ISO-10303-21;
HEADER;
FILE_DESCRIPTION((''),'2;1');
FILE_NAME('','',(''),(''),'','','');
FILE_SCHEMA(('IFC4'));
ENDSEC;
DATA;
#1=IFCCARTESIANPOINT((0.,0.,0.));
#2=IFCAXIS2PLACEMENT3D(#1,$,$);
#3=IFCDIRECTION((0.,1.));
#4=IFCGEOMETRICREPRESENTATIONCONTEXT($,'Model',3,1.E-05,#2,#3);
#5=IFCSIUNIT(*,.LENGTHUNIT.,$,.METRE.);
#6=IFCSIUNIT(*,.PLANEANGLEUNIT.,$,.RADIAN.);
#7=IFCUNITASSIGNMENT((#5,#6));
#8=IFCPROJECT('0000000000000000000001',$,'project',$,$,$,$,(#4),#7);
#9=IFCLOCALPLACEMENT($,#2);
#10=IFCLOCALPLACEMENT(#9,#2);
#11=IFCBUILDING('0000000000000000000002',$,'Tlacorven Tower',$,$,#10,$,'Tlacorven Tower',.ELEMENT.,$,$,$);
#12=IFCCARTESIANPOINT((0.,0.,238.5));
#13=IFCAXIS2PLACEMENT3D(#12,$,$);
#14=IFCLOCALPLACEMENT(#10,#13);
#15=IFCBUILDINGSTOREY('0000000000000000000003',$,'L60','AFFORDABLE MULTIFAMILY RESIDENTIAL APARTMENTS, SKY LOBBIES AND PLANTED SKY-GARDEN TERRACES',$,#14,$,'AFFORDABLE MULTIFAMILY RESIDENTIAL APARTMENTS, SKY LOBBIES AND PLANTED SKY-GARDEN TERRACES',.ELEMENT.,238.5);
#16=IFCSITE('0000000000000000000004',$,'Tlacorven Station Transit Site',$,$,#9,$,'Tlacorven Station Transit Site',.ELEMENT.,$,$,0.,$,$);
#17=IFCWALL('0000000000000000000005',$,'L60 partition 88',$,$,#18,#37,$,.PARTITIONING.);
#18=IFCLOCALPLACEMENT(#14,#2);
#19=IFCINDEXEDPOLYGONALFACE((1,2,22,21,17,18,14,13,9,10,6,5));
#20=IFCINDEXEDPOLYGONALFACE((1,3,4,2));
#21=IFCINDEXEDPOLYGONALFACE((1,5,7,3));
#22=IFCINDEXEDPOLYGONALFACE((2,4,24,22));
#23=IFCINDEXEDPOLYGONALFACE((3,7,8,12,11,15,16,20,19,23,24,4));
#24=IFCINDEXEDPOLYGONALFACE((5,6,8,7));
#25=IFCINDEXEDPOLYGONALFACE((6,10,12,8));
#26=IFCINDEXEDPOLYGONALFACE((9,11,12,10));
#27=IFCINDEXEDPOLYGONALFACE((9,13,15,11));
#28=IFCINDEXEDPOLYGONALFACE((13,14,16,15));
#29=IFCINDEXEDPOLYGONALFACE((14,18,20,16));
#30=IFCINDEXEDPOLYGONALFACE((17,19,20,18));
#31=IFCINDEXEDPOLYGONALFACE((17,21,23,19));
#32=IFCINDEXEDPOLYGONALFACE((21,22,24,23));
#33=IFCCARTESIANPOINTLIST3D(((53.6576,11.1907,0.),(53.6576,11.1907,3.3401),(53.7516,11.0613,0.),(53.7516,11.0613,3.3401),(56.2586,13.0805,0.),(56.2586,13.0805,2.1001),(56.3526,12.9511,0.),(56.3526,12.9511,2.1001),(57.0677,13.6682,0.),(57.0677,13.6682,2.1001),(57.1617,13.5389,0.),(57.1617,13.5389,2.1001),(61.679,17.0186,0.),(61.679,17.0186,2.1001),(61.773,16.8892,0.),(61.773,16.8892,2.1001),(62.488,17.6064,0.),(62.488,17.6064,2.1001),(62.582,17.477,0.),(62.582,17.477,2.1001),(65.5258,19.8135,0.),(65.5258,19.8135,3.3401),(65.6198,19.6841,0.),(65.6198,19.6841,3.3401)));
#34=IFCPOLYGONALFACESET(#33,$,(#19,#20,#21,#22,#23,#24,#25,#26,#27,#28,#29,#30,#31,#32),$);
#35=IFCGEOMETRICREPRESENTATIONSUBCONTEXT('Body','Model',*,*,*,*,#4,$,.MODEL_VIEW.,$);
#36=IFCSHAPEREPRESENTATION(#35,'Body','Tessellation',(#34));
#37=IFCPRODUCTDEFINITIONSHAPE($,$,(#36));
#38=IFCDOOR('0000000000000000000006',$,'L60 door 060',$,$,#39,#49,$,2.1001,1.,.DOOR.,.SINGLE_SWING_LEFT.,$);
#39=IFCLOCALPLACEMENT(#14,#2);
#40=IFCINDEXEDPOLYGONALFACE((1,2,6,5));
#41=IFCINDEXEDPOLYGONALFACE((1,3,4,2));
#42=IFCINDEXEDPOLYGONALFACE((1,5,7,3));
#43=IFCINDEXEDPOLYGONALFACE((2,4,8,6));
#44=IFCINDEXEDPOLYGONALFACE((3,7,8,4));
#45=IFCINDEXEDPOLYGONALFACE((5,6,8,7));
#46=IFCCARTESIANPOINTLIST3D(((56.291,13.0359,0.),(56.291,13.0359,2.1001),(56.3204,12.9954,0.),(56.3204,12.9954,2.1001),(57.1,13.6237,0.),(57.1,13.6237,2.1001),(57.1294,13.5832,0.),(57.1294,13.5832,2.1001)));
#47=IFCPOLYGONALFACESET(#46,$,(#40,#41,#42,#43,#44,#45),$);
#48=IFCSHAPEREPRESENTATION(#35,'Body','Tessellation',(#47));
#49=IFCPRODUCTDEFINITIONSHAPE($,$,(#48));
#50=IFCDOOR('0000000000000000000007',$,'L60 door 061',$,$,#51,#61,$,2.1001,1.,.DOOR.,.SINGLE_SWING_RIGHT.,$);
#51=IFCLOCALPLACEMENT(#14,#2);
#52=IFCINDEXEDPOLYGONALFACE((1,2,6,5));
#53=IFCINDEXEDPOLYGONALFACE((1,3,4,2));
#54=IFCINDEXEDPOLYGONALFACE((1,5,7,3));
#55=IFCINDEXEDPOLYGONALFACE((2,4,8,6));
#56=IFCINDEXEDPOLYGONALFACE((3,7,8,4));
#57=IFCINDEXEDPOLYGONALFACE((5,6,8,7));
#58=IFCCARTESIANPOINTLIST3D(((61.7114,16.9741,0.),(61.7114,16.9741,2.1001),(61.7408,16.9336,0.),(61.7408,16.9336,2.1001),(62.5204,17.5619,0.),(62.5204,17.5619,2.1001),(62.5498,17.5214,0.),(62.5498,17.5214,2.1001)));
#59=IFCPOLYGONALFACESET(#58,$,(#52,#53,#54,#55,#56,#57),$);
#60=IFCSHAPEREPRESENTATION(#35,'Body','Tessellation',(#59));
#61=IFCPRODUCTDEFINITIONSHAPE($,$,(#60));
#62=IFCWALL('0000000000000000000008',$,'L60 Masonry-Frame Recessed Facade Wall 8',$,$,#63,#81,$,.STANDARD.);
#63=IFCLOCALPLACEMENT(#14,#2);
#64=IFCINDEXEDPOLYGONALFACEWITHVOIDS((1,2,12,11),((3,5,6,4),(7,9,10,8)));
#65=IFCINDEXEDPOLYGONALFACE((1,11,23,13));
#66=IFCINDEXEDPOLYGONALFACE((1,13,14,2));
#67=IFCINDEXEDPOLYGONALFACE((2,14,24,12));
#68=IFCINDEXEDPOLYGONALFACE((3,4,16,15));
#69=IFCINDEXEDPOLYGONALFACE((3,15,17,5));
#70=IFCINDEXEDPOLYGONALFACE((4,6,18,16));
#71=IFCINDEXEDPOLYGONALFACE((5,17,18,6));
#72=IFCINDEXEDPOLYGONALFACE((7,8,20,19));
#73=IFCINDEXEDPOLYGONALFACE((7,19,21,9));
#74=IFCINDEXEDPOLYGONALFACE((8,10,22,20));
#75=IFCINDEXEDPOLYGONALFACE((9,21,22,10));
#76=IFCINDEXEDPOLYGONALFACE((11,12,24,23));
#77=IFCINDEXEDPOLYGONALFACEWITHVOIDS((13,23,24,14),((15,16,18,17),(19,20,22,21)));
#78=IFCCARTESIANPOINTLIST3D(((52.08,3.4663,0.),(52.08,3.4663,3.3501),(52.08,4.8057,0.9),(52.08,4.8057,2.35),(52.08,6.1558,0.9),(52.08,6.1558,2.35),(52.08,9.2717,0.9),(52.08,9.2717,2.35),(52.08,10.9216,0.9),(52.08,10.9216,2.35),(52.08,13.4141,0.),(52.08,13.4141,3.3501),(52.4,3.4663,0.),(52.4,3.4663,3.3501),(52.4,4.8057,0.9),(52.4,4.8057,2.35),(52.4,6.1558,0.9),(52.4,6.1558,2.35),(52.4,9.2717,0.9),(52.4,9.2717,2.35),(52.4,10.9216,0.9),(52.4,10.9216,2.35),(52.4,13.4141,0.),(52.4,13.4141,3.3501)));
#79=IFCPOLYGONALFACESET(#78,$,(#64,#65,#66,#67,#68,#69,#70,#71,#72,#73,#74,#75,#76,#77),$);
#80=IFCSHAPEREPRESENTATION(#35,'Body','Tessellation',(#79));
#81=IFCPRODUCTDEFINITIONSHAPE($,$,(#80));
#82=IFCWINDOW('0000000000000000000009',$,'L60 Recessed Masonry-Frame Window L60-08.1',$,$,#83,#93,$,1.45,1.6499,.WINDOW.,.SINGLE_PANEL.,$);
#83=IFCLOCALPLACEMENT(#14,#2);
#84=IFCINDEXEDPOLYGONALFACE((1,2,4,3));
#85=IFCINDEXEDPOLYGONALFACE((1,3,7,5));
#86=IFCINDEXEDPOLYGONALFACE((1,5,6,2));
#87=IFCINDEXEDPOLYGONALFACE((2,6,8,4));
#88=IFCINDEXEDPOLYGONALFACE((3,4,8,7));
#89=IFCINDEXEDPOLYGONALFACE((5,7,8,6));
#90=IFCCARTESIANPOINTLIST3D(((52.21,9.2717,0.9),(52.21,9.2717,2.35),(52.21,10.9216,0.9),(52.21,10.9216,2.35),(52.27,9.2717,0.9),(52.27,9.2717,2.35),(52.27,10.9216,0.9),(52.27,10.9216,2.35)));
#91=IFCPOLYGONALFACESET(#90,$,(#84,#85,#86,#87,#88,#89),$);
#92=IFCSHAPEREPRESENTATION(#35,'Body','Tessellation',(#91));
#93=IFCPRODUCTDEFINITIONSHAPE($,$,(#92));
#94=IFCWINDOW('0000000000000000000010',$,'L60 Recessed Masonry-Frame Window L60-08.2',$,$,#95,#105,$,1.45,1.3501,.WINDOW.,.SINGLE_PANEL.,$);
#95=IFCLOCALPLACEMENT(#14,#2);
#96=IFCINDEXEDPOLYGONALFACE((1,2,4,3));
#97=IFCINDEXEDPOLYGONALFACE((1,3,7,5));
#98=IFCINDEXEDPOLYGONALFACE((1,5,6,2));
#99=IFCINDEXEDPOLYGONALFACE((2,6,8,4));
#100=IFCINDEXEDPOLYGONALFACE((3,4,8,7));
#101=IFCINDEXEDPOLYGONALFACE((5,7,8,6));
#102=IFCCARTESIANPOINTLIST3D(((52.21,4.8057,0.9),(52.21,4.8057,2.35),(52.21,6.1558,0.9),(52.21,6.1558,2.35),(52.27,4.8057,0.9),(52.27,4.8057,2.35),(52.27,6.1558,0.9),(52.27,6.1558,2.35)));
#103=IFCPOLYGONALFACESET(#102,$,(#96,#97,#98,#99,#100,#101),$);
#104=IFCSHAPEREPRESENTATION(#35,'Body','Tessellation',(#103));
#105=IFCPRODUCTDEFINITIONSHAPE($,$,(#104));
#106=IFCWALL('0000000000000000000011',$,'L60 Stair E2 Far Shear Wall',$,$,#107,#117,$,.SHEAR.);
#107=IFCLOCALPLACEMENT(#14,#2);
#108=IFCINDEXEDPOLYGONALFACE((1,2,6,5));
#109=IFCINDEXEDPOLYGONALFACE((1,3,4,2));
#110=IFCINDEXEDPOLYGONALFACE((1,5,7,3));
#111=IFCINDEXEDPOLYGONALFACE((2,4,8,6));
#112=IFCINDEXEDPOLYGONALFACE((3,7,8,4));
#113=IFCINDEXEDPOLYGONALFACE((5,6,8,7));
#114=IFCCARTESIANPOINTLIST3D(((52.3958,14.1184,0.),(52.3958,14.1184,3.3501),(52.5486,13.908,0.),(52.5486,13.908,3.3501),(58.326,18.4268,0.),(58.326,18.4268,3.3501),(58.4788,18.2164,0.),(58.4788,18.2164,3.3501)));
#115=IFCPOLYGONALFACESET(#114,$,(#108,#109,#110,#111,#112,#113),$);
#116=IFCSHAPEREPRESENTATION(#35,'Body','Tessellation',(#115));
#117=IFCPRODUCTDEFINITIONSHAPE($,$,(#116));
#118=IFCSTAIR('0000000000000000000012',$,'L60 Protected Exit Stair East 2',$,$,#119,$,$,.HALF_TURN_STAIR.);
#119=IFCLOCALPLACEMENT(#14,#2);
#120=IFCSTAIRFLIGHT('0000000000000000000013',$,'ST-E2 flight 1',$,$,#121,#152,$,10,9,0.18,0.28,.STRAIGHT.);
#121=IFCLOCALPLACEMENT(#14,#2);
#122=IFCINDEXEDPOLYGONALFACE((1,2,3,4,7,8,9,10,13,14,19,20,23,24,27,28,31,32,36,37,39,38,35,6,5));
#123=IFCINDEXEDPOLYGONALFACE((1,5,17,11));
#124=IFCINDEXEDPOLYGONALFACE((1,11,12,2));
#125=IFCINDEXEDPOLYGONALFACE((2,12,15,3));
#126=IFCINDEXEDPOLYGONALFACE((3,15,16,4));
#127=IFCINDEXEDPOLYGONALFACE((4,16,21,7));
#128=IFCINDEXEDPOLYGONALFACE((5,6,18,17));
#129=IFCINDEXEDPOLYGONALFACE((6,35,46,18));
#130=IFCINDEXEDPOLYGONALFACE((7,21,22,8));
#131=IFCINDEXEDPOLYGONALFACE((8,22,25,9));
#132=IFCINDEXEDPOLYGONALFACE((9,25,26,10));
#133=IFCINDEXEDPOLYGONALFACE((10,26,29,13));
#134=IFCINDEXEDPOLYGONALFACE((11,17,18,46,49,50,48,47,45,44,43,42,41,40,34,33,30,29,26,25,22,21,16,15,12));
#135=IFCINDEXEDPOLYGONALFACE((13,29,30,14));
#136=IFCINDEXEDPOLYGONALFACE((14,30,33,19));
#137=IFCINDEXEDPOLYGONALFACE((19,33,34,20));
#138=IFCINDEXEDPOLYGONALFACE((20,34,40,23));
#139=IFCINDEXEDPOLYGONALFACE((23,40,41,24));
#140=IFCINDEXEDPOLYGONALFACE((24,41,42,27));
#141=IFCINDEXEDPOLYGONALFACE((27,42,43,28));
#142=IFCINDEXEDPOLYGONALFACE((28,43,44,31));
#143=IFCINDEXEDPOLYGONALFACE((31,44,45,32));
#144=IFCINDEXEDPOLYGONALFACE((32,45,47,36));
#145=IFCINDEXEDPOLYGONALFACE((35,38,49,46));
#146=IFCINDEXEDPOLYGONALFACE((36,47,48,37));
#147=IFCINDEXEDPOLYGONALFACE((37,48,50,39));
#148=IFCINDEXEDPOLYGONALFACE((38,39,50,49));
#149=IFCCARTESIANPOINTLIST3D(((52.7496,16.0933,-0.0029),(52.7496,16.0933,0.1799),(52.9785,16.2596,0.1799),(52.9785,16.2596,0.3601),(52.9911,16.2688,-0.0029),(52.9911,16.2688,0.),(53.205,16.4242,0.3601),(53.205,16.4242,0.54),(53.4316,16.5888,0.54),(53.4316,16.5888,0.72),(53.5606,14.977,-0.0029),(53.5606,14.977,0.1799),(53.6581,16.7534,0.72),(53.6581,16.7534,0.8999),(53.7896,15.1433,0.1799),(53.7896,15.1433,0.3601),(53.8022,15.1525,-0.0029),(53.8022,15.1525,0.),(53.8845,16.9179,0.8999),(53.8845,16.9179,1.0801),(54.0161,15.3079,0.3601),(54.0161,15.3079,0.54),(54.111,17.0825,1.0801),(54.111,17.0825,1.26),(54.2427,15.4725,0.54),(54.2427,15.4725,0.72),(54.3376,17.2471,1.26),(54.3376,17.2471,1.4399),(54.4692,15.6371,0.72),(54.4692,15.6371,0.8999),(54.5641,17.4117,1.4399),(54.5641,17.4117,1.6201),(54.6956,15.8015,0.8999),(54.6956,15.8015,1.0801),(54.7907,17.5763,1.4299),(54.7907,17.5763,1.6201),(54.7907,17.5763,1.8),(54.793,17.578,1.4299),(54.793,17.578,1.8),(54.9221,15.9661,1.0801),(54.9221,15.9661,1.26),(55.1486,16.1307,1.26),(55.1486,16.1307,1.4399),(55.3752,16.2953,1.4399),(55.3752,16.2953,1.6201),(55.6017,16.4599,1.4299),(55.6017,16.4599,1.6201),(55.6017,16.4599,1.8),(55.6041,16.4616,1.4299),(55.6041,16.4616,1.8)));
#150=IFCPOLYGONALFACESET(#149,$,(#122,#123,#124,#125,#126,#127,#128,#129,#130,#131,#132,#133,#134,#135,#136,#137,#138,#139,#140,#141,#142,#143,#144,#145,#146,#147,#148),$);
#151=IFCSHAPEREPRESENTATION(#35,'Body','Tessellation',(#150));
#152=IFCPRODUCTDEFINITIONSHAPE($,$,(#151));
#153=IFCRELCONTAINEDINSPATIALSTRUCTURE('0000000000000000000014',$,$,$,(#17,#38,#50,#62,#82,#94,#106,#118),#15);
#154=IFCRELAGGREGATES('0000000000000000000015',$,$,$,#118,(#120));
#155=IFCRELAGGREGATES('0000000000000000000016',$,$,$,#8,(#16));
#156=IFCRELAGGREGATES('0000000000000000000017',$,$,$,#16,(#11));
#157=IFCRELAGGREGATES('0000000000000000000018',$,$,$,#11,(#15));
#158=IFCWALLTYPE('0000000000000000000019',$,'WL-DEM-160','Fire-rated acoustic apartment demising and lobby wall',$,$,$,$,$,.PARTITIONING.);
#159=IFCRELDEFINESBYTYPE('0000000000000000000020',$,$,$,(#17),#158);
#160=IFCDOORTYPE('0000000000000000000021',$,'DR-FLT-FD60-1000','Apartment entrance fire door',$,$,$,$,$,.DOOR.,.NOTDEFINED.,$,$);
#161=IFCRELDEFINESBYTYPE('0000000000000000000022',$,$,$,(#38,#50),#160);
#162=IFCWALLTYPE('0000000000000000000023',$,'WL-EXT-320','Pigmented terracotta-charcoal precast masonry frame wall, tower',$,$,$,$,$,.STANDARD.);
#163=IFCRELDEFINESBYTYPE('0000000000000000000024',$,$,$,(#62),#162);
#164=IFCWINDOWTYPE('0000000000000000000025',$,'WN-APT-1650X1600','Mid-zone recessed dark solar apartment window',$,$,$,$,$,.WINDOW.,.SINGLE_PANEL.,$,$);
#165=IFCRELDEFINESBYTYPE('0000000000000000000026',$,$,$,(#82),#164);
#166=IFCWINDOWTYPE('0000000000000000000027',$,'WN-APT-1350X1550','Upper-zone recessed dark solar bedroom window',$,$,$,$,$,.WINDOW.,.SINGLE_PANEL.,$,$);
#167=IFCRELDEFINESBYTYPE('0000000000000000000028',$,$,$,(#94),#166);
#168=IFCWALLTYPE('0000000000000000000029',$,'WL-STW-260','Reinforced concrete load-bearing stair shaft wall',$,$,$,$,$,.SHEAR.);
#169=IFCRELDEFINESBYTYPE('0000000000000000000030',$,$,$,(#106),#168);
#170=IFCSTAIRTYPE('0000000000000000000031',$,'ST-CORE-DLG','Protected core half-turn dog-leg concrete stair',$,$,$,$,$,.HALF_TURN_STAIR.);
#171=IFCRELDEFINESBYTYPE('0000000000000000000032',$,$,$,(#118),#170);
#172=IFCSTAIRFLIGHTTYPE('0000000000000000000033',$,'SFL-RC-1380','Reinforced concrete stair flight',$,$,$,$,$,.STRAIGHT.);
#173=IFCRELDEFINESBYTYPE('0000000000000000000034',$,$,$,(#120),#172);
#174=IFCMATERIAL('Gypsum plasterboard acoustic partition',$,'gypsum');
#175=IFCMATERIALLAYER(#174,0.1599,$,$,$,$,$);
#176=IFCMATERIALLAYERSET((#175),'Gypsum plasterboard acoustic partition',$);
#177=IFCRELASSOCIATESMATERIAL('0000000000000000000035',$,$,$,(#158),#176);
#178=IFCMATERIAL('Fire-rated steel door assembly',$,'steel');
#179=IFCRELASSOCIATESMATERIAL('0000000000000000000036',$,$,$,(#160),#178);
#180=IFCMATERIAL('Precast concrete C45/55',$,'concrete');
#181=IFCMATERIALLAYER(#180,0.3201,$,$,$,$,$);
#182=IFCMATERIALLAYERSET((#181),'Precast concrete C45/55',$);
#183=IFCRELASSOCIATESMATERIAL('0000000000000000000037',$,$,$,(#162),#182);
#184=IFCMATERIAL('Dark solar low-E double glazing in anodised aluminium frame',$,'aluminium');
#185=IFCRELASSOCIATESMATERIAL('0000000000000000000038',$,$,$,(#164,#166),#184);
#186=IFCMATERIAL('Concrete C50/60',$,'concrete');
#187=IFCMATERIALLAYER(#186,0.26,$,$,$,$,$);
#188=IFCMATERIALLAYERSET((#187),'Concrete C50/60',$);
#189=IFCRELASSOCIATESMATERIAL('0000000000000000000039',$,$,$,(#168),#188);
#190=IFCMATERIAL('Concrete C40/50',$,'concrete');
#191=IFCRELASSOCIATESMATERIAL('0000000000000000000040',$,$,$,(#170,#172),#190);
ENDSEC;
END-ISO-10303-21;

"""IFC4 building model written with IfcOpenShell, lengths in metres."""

from ifc_helpers import new_model, si_unit, direction, frame, frame_2d, origin, place, context, subcontext, project, spatial, polyline, rectangle, outline, extrude, source, transform, mapped, material, layer, layer_set, type_object, element, fill, aggregate, save


model = new_model("IFC4")

# Units and contexts
model_context = context("Model", 3, precision=1e-05, world=origin(), true_north=direction((0.0, 1.0)))
body_context = subcontext(model_context, "Body", "Model", "MODEL_VIEW")
ifc_project = project(units=[si_unit("LENGTHUNIT", "METRE"), si_unit("PLANEANGLEUNIT", "RADIAN")], contexts=[model_context])

# Site, building, storey
site_placement = place(None, origin())
site = spatial("IfcSite", under=ifc_project, at=site_placement, Name="Tlacorven Station Transit Site", LongName="Tlacorven Station Transit Site", CompositionType="ELEMENT", RefElevation=0.0)
building_placement = place(site_placement, origin())
building = spatial("IfcBuilding", under=site, at=building_placement, Name="Tlacorven Tower", LongName="Tlacorven Tower", CompositionType="ELEMENT")
storey_placement = place(building_placement, frame((0.0, 0.0, 238.5)))
storey = spatial("IfcBuildingStorey", under=building, at=storey_placement, Name="L60", Description="AFFORDABLE MULTIFAMILY RESIDENTIAL APARTMENTS, SKY LOBBIES AND PLANTED SKY-GARDEN TERRACES", LongName="AFFORDABLE MULTIFAMILY RESIDENTIAL APARTMENTS, SKY LOBBIES AND PLANTED SKY-GARDEN TERRACES", CompositionType="ELEMENT", Elevation=238.5)

# Shared definitions
ifc_material_1 = material(Name="Concrete C50/60", Category="concrete")

# Wall, openings, doors
ifc_material_2 = material(Name="Gypsum plasterboard acoustic partition", Category="gypsum")
ifc_layer_1 = layer(ifc_material_2, 0.1599)
ifc_layer_set_1 = layer_set([ifc_layer_1], Name="Gypsum plasterboard acoustic partition")
wall_type_1 = type_object("IfcWallType", Name="WL-DEM-160", Description="Fire-rated acoustic apartment demising and lobby wall", PredefinedType="PARTITIONING", material=ifc_layer_set_1)
wall_1_placement = place(storey_placement, frame((53.7046, 11.126, 0.0), z_axis=(0.0, 0.0, 1.0), x_axis=(0.809015, 0.587789, 0.0)))
wall_1 = element("IfcWall", 1, at=wall_1_placement, inside=storey, type_object=wall_type_1, Name="L60 partition 88", PredefinedType="PARTITIONING", context=body_context, shape_type="SweptSolid", body=[
    extrude(rectangle(XDim=14.6699, YDim=0.1599, at=frame_2d((7.335, 0.0))), origin(), (0.0, 0.0, 1.0), 3.3401),
])
opening_1_placement = place(wall_1_placement, frame((3.2151, 0.0, 0.0)))
opening_1 = element("IfcOpeningElement", 2, at=opening_1_placement, cuts=wall_1, PredefinedType="OPENING", context=body_context, shape_type="SweptSolid", body=[
    extrude(rectangle(XDim=1.0, YDim=2.1001, at=frame_2d((0.5, 1.05))), frame((0.0, 0.0898, 0.0), z_axis=(0.0, -1.0, 0.0), x_axis=(1.0, 0.0, 0.0)), (0.0, 0.0, 1.0), 0.1799),
])
opening_2_placement = place(wall_1_placement, frame((9.915, 0.0, 0.0)))
opening_2 = element("IfcOpeningElement", 3, at=opening_2_placement, cuts=wall_1, PredefinedType="OPENING", context=body_context, shape_type="SweptSolid", body=[
    extrude(rectangle(XDim=1.0, YDim=2.1001, at=frame_2d((0.5, 1.05))), frame((0.0, 0.0898, 0.0), z_axis=(0.0, -1.0, 0.0), x_axis=(1.0, 0.0, 0.0)), (0.0, 0.0, 1.0), 0.1799),
])
ifc_material_3 = material(Name="Fire-rated steel door assembly", Category="steel")
door_type = type_object("IfcDoorType", Name="DR-FLT-FD60-1000", Description="Apartment entrance fire door", OperationType="NOTDEFINED", PredefinedType="DOOR", material=ifc_material_3)
shared_shape_1 = source(origin(), body_context, "Body", "SweptSolid", [
    extrude(rectangle(XDim=1.0, YDim=2.1001, at=frame_2d((0.5, 1.05))), frame((0.0, 0.0249, 0.0), z_axis=(0.0, -1.0, 0.0), x_axis=(1.0, 0.0, 0.0)), (0.0, 0.0, 1.0), 0.05),
])
door_1_placement = place(opening_1_placement, origin())
door_1 = element("IfcDoor", 4, at=door_1_placement, inside=storey, type_object=door_type, Name="L60 door 060", OperationType="SINGLE_SWING_LEFT", OverallHeight=2.1001, OverallWidth=1.0, PredefinedType="DOOR", context=body_context, shape_type="MappedRepresentation", body=[
    mapped(shared_shape_1, transform((0.0, 0.0, 0.0), scale=1.0)),
])
fill(opening_1, door_1)
door_2_placement = place(opening_2_placement, origin())
door_2 = element("IfcDoor", 5, at=door_2_placement, inside=storey, type_object=door_type, Name="L60 door 061", OperationType="SINGLE_SWING_RIGHT", OverallHeight=2.1001, OverallWidth=1.0, PredefinedType="DOOR", context=body_context, shape_type="MappedRepresentation", body=[
    mapped(shared_shape_1, transform((0.0, 0.0, 0.0), scale=1.0)),
])
fill(opening_2, door_2)

# Wall, openings, windows
ifc_material_4 = material(Name="Precast concrete C45/55", Category="concrete")
ifc_layer_2 = layer(ifc_material_4, 0.3201)
ifc_layer_set_2 = layer_set([ifc_layer_2], Name="Precast concrete C45/55")
wall_type_2 = type_object("IfcWallType", Name="WL-EXT-320", Description="Pigmented terracotta-charcoal precast masonry frame wall, tower", PredefinedType="STANDARD", material=ifc_layer_set_2)
wall_2_placement = place(storey_placement, frame((52.24, 13.4141, 0.0), z_axis=(0.0, 0.0, 1.0), x_axis=(0.0, -1.0, 0.0)))
wall_2 = element("IfcWall", 6, at=wall_2_placement, inside=storey, type_object=wall_type_2, Name="L60 Masonry-Frame Recessed Facade Wall 8", PredefinedType="STANDARD", context=body_context, shape_type="SweptSolid", body=[
    extrude(rectangle(XDim=9.9478, YDim=0.3201, at=frame_2d((4.9739, 0.0))), origin(), (0.0, 0.0, 1.0), 3.3501),
])
opening_3_placement = place(wall_2_placement, frame((2.4924, 0.0, 0.8999)))
opening_3 = element("IfcOpeningElement", 7, at=opening_3_placement, cuts=wall_2, PredefinedType="OPENING", context=body_context, shape_type="SweptSolid", body=[
    extrude(rectangle(XDim=1.6499, YDim=1.45, at=frame_2d((0.825, 0.7251))), frame((0.0, 0.1699, 0.0), z_axis=(0.0, -1.0, 0.0), x_axis=(1.0, 0.0, 0.0)), (0.0, 0.0, 1.0), 0.3401),
])
opening_4_placement = place(wall_2_placement, frame((7.2583, 0.0, 0.8999)))
opening_4 = element("IfcOpeningElement", 8, at=opening_4_placement, cuts=wall_2, PredefinedType="OPENING", context=body_context, shape_type="SweptSolid", body=[
    extrude(rectangle(XDim=1.3501, YDim=1.45, at=frame_2d((0.675, 0.7251))), frame((0.0, 0.1699, 0.0), z_axis=(0.0, -1.0, 0.0), x_axis=(1.0, 0.0, 0.0)), (0.0, 0.0, 1.0), 0.3401),
])
ifc_material_5 = material(Name="Dark solar low-E double glazing in anodised aluminium frame", Category="aluminium")
window_type_1 = type_object("IfcWindowType", Name="WN-APT-1650X1600", Description="Mid-zone recessed dark solar apartment window", PartitioningType="SINGLE_PANEL", PredefinedType="WINDOW", material=ifc_material_5)
shared_shape_2 = source(origin(), body_context, "Body", "SweptSolid", [
    extrude(rectangle(XDim=1.6499, YDim=1.45, at=frame_2d((0.825, 0.7251))), frame((0.0, 0.03, 0.0), z_axis=(0.0, -1.0, 0.0), x_axis=(1.0, 0.0, 0.0)), (0.0, 0.0, 1.0), 0.0601),
])
window_1_placement = place(opening_3_placement, origin())
window_1 = element("IfcWindow", 9, at=window_1_placement, inside=storey, type_object=window_type_1, Name="L60 Recessed Masonry-Frame Window L60-08.1", OverallHeight=1.45, OverallWidth=1.6499, PartitioningType="SINGLE_PANEL", PredefinedType="WINDOW", context=body_context, shape_type="MappedRepresentation", body=[
    mapped(shared_shape_2, transform((0.0, 0.0, 0.0), scale=1.0)),
])
fill(opening_3, window_1)
window_type_2 = type_object("IfcWindowType", Name="WN-APT-1350X1550", Description="Upper-zone recessed dark solar bedroom window", PartitioningType="SINGLE_PANEL", PredefinedType="WINDOW", material=ifc_material_5)
shared_shape_3 = source(origin(), body_context, "Body", "SweptSolid", [
    extrude(rectangle(XDim=1.3501, YDim=1.45, at=frame_2d((0.675, 0.7251))), frame((0.0, 0.03, 0.0), z_axis=(0.0, -1.0, 0.0), x_axis=(1.0, 0.0, 0.0)), (0.0, 0.0, 1.0), 0.0601),
])
window_2_placement = place(opening_4_placement, origin())
window_2 = element("IfcWindow", 10, at=window_2_placement, inside=storey, type_object=window_type_2, Name="L60 Recessed Masonry-Frame Window L60-08.2", OverallHeight=1.45, OverallWidth=1.3501, PartitioningType="SINGLE_PANEL", PredefinedType="WINDOW", context=body_context, shape_type="MappedRepresentation", body=[
    mapped(shared_shape_3, transform((0.0, 0.0, 0.0), scale=1.0)),
])
fill(opening_4, window_2)

# Wall
ifc_layer_3 = layer(ifc_material_1, 0.26)
ifc_layer_set_3 = layer_set([ifc_layer_3], Name="Concrete C50/60")
wall_type_3 = type_object("IfcWallType", Name="WL-STW-260", Description="Reinforced concrete load-bearing stair shaft wall", PredefinedType="SHEAR", material=ifc_layer_set_3)
wall_3_placement = place(storey_placement, frame((52.4722, 14.0132, 0.0), z_axis=(0.0, 0.0, 1.0), x_axis=(0.809028, 0.58777, 0.0)))
element("IfcWall", 11, at=wall_3_placement, inside=storey, type_object=wall_type_3, Name="L60 Stair E2 Far Shear Wall", PredefinedType="SHEAR", context=body_context, shape_type="SweptSolid", body=[
    extrude(rectangle(XDim=7.3301, YDim=0.26, at=frame_2d((3.665, 0.0))), origin(), (0.0, 0.0, 1.0), 3.3501),
])

# Stair, stair flight
ifc_material_6 = material(Name="Concrete C40/50", Category="concrete")
stair_type = type_object("IfcStairType", Name="ST-CORE-DLG", Description="Protected core half-turn dog-leg concrete stair", PredefinedType="HALF_TURN_STAIR", material=ifc_material_6)
stair_placement = place(storey_placement, origin())
stair = element("IfcStair", 12, at=stair_placement, inside=storey, type_object=stair_type, Name="L60 Protected Exit Stair East 2", PredefinedType="HALF_TURN_STAIR")
stair_flight_type = type_object("IfcStairFlightType", Name="SFL-RC-1380", Description="Reinforced concrete stair flight", PredefinedType="STRAIGHT", material=ifc_material_6)
shared_shape_4 = source(origin(), body_context, "Body", "SweptSolid", [
    extrude(outline(polyline([(-0.0029, -0.0029), (-0.0029, 0.1799), (0.28, 0.1799), (0.28, 0.3601), (0.5601, 0.3601), (0.5601, 0.54), (0.8401, 0.54), (0.8401, 0.72), (1.1201, 0.72), (1.1201, 0.8999), (1.3999, 0.8999), (1.3999, 1.0801), (1.6799, 1.0801), (1.6799, 1.26), (1.96, 1.26), (1.96, 1.4399), (2.24, 1.4399), (2.24, 1.6201), (2.52, 1.6201), (2.52, 1.8), (2.5229, 1.8), (2.5229, 1.4299), (2.52, 1.4299), (0.2957, 0.0), (0.2957, -0.0029), (-0.0029, -0.0029)])), frame((0.0, 0.6899, 0.0), z_axis=(0.0, -1.0, 0.0), x_axis=(1.0, 0.0, 0.0)), (0.0, 0.0, 1.0), 1.3799),
])
stair_flight_1_placement = place(storey_placement, frame((53.1575, 15.5369, 0.0), z_axis=(0.0, 0.0, 1.0), x_axis=(0.809017, 0.587785, 0.0)))
stair_flight_1 = element("IfcStairFlight", 13, at=stair_flight_1_placement, type_object=stair_flight_type, Name="ST-E2 flight 1", NumberOfRisers=10, NumberOfTreads=9, PredefinedType="STRAIGHT", RiserHeight=0.18, TreadLength=0.28, context=body_context, shape_type="MappedRepresentation", body=[
    mapped(shared_shape_4, transform((0.0, 0.0, 0.0), scale=1.0)),
])
aggregate(stair, [stair_flight_1])

save(model, "model.ifc")
